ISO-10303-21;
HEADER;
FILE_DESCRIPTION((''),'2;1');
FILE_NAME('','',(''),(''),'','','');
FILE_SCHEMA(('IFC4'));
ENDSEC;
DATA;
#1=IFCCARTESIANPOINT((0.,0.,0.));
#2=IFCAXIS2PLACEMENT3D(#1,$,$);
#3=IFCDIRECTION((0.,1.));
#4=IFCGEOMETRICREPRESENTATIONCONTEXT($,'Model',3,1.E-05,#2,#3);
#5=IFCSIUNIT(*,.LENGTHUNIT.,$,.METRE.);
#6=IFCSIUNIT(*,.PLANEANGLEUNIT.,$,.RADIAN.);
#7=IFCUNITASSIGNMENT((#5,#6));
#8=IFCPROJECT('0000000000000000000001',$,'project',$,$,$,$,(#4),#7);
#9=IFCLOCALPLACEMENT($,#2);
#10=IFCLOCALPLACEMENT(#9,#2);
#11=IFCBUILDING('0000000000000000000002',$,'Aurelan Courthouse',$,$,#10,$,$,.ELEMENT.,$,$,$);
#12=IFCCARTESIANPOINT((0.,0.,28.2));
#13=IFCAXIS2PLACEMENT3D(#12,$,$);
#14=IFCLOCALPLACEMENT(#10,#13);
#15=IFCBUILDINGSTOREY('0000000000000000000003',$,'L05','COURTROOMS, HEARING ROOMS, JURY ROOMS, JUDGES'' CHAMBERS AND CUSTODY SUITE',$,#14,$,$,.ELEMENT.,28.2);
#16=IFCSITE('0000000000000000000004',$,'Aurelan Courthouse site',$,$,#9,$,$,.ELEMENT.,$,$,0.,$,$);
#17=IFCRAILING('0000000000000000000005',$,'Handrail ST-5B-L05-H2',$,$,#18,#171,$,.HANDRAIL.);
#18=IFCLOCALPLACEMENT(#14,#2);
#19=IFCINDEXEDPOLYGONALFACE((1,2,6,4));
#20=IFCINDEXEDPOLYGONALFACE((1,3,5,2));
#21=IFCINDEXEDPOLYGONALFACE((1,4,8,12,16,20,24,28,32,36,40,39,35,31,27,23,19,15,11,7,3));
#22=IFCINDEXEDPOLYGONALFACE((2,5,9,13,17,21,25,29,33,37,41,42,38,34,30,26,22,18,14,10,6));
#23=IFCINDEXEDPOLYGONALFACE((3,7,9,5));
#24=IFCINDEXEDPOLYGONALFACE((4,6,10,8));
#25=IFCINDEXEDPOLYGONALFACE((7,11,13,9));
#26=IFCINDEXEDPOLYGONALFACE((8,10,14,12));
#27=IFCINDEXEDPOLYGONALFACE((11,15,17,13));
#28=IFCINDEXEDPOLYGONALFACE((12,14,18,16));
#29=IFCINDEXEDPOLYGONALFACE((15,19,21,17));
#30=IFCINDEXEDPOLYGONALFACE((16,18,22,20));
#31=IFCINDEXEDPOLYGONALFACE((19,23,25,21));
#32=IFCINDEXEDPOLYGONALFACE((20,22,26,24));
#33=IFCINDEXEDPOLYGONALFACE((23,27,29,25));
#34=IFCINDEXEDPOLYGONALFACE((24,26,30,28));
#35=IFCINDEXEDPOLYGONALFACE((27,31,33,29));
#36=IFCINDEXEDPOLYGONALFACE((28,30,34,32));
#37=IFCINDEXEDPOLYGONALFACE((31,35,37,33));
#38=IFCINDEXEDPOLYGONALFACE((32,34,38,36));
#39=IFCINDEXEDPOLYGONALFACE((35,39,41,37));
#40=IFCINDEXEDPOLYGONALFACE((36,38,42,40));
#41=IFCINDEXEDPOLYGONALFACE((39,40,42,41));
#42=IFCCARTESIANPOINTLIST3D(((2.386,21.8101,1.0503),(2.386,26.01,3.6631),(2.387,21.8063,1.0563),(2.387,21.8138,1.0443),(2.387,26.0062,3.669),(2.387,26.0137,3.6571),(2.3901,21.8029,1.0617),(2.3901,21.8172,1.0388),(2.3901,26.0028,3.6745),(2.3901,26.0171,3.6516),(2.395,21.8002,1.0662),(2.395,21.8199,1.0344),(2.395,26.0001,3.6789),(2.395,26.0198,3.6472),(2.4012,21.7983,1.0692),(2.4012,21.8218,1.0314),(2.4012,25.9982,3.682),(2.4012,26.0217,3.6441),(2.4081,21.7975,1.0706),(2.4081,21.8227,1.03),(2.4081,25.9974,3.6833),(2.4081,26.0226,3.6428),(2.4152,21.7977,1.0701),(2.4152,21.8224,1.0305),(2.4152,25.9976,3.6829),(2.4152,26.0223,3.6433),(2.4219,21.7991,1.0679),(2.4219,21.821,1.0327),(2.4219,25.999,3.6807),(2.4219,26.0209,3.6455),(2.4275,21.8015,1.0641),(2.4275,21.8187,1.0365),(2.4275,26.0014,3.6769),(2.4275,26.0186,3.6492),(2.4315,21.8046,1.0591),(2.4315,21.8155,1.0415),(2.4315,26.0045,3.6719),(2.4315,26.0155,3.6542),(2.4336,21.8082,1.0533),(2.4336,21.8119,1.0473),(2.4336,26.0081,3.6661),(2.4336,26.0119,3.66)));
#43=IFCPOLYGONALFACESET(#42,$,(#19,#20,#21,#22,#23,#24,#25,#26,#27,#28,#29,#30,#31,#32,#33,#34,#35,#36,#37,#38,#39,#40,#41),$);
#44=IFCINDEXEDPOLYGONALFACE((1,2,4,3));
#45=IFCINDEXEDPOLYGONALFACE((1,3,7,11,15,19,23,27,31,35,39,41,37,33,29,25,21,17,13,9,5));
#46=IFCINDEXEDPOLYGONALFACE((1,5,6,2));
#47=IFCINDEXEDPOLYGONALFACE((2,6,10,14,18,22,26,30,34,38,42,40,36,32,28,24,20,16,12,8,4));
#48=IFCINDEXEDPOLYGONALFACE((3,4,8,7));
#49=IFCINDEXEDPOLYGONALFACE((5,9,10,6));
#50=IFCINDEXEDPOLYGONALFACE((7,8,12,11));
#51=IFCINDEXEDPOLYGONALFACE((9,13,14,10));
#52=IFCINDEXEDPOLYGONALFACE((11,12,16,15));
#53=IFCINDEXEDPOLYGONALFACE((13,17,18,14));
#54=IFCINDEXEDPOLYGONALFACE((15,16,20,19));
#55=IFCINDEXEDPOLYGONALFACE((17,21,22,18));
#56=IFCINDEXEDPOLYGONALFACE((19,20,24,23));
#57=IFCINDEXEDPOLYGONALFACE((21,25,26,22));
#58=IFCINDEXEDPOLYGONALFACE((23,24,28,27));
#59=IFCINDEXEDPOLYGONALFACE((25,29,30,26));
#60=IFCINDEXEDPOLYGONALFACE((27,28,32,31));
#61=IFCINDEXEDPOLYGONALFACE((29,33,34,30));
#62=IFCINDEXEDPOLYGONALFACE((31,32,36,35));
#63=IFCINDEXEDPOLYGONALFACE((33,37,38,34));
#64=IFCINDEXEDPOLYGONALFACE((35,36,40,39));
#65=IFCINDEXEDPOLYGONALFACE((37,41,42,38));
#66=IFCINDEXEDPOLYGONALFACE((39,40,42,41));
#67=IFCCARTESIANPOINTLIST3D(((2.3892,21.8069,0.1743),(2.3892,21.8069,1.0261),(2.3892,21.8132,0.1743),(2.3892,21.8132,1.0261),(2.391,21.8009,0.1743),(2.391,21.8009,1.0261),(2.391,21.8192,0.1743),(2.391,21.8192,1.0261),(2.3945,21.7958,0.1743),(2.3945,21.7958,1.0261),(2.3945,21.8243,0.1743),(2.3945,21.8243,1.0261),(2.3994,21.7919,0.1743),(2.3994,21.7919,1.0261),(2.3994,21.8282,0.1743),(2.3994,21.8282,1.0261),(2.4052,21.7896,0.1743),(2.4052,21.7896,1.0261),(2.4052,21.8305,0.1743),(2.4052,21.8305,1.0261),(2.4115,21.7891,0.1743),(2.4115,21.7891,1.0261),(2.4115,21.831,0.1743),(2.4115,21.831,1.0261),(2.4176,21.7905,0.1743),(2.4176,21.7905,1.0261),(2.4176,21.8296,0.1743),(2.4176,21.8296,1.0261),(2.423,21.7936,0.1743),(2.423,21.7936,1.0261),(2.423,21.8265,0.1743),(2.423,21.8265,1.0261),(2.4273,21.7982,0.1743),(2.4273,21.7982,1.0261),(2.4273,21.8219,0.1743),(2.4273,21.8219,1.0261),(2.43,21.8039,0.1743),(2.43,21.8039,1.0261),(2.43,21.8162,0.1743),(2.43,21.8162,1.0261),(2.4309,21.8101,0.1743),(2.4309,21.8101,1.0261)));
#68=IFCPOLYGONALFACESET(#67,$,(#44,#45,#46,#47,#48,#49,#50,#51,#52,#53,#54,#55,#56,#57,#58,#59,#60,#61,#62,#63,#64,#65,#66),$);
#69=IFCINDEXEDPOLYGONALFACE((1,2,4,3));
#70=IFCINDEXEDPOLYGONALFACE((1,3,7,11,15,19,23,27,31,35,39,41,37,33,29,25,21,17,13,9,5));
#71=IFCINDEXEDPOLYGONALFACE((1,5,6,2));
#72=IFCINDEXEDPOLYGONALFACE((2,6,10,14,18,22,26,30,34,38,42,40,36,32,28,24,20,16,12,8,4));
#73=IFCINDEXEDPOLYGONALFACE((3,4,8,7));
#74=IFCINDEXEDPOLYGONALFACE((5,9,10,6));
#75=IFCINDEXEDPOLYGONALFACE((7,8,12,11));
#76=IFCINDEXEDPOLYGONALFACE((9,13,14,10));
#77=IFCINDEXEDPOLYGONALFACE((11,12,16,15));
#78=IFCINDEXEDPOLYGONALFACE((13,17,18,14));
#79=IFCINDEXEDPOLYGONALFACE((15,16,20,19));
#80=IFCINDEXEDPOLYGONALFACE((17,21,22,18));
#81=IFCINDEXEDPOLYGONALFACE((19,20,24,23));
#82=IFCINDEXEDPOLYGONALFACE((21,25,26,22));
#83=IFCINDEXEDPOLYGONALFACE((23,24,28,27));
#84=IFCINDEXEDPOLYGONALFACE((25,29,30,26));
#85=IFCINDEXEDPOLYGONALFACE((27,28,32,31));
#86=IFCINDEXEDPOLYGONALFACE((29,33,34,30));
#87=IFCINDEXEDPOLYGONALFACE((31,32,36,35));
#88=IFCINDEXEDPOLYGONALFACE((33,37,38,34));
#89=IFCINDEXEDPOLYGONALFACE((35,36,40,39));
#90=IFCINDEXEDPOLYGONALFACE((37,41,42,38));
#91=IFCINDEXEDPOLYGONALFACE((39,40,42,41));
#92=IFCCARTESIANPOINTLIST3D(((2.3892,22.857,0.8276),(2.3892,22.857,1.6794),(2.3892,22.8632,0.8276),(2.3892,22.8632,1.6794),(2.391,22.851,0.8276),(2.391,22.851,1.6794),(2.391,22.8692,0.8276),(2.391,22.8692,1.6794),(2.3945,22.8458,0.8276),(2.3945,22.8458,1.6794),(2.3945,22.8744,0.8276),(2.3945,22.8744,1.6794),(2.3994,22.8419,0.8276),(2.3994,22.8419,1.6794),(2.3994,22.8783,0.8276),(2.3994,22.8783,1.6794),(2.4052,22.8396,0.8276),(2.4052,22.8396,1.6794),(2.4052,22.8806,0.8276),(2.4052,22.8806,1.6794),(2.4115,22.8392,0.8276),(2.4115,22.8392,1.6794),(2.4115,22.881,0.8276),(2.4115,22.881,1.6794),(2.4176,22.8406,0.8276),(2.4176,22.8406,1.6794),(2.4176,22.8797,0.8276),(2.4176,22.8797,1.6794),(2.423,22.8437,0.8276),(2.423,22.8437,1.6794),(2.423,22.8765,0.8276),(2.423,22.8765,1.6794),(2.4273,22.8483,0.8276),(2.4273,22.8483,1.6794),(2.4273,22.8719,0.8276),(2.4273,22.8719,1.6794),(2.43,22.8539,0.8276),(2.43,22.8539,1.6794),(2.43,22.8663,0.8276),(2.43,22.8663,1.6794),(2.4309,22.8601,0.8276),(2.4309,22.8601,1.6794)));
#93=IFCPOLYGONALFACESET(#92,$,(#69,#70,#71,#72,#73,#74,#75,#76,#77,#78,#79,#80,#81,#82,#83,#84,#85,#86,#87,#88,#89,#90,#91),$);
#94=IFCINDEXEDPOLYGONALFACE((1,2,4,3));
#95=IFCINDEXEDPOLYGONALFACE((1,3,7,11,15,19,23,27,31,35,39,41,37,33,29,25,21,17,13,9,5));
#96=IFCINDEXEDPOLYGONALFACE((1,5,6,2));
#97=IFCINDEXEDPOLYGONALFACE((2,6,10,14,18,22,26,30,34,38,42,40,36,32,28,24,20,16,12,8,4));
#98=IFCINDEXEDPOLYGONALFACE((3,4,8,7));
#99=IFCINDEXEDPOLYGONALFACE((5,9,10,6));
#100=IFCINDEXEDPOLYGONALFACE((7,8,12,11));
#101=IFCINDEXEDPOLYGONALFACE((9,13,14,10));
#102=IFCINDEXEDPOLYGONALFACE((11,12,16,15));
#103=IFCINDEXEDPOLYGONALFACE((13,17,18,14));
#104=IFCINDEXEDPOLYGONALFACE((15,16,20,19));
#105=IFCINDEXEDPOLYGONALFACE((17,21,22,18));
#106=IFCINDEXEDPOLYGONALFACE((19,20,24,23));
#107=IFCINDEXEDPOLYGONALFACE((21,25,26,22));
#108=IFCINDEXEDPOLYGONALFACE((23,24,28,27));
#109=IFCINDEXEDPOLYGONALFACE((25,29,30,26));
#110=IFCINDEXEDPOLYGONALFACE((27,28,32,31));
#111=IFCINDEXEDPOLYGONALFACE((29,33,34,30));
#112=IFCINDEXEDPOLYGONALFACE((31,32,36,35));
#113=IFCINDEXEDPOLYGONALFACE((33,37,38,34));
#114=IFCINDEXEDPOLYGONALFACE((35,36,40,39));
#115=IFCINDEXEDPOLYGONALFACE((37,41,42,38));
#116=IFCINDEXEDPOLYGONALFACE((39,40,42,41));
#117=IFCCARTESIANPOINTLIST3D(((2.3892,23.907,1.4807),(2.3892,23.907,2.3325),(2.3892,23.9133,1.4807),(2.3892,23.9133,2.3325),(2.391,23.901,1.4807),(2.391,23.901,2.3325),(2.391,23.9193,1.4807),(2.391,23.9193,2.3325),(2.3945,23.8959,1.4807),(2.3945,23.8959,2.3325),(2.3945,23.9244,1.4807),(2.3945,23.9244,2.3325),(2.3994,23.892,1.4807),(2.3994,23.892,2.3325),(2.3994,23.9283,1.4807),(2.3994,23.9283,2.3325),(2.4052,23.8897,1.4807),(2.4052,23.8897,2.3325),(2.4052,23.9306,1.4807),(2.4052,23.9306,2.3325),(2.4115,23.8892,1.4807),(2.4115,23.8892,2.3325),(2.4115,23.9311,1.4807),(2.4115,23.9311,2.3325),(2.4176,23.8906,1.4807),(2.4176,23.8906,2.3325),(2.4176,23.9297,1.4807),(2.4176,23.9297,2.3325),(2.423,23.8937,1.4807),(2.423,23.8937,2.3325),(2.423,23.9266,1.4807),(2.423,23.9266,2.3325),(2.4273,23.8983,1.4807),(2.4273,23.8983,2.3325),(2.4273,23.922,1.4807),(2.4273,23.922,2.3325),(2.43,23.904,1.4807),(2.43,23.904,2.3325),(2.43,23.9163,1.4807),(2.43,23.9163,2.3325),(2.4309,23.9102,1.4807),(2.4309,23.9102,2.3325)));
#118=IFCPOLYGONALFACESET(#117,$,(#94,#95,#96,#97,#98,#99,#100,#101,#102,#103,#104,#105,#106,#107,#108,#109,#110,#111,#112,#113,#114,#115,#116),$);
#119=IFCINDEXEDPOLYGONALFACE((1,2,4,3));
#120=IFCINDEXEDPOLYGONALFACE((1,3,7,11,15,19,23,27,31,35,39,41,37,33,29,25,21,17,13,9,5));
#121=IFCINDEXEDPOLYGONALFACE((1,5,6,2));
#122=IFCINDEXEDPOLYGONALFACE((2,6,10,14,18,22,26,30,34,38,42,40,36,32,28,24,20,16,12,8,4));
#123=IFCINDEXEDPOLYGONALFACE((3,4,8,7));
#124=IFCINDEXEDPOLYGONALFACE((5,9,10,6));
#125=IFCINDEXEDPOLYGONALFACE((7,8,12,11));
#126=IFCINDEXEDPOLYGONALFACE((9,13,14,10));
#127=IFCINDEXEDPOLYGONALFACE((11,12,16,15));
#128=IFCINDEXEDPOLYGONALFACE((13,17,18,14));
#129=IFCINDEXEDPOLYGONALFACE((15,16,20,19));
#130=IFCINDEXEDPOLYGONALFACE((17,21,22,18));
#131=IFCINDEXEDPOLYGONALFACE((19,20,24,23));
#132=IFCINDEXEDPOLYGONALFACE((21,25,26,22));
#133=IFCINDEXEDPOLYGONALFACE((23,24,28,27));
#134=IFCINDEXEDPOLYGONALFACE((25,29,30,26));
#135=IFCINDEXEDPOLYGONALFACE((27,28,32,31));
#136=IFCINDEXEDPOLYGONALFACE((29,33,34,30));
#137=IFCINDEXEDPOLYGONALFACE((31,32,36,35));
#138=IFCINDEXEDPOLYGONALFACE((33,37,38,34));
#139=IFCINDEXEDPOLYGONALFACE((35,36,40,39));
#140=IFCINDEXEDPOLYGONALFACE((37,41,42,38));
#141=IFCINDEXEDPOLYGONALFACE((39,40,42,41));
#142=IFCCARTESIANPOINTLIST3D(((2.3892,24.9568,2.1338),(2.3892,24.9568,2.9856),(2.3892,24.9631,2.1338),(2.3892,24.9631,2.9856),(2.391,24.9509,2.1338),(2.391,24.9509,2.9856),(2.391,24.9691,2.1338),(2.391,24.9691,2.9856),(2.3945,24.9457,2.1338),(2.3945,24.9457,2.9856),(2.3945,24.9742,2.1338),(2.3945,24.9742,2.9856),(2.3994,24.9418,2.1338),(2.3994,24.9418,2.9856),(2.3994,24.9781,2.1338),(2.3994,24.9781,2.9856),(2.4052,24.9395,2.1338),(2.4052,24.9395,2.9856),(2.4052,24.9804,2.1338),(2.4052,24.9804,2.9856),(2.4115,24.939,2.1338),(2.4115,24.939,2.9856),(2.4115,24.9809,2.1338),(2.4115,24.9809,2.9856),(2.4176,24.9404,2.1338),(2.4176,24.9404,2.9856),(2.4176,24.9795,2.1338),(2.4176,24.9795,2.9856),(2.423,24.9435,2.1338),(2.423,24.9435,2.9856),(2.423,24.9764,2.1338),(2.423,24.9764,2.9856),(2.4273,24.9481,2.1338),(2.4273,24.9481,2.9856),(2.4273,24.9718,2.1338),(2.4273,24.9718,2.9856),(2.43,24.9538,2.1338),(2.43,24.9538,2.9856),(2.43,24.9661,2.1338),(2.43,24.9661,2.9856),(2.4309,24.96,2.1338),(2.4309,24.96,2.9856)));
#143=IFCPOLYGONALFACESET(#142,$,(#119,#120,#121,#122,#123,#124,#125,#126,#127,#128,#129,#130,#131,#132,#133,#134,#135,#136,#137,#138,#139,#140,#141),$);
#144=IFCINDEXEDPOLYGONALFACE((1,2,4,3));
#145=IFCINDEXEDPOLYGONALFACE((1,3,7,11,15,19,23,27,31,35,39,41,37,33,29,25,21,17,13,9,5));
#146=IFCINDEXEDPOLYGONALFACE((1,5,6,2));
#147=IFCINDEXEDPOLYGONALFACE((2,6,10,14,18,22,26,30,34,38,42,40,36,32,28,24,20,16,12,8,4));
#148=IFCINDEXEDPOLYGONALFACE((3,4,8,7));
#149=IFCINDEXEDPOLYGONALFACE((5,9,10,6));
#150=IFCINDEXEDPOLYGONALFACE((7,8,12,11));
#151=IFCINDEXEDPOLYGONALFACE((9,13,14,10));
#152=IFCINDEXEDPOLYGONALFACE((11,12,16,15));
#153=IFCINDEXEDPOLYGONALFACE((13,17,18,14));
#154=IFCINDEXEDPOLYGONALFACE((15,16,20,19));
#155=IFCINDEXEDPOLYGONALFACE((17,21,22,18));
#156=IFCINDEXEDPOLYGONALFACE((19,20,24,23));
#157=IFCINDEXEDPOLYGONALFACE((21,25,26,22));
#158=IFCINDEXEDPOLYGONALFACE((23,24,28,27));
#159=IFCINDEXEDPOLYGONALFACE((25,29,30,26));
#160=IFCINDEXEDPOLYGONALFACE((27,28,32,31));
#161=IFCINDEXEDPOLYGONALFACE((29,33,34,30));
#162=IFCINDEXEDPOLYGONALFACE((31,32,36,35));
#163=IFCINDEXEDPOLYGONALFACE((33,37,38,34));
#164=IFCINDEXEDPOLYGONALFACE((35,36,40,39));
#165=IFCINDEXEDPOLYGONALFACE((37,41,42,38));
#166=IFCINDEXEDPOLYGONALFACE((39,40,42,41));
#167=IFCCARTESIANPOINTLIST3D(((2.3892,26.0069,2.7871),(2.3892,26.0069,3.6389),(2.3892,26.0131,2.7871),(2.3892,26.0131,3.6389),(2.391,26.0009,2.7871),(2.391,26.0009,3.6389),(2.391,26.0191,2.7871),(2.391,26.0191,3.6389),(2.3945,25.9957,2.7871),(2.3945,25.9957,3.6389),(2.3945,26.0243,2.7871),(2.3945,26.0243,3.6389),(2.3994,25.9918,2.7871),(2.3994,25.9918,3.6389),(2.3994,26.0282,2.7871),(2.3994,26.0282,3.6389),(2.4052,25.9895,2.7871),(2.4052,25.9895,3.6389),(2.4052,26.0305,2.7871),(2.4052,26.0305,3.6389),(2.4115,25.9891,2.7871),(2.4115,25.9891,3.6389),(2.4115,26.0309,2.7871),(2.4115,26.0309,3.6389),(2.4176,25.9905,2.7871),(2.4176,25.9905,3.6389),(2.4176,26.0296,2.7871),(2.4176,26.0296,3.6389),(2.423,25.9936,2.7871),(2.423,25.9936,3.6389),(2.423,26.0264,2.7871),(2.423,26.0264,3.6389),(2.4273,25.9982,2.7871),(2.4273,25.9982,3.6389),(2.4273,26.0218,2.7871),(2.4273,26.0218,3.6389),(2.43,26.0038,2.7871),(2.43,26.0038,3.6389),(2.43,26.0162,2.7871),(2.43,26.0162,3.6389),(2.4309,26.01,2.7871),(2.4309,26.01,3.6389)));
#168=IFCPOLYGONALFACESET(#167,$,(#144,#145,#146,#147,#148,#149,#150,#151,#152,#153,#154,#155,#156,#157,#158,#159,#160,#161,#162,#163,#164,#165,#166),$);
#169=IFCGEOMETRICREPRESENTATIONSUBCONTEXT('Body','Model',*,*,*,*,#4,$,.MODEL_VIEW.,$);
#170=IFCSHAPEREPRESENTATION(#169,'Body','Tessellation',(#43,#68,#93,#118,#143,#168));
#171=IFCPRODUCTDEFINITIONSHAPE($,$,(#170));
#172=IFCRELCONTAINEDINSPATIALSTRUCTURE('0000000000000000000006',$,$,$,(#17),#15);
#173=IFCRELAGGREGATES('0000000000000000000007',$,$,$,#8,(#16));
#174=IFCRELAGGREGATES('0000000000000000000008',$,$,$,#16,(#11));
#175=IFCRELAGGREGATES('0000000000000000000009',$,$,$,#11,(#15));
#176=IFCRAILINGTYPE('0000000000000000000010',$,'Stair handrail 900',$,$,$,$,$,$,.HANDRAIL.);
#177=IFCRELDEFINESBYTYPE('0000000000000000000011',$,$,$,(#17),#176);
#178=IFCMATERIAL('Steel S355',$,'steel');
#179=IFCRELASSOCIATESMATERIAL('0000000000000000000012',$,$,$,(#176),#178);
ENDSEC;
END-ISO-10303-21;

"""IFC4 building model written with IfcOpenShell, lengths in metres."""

from ifc_helpers import new_model, si_unit, direction, frame, origin, origin_2d, place, context, subcontext, project, spatial, circle, extrude, material, type_object, element, save


model = new_model("IFC4")

# Units and contexts
model_context = context("Model", 3, precision=1e-05, world=origin(), true_north=direction((0.0, 1.0)))
body_context = subcontext(model_context, "Body", "Model", "MODEL_VIEW")
ifc_project = project(units=[si_unit("LENGTHUNIT", "METRE"), si_unit("PLANEANGLEUNIT", "RADIAN")], contexts=[model_context])

# Site, building, storey
site_placement = place(None, origin())
site = spatial("IfcSite", under=ifc_project, at=site_placement, Name="Aurelan Courthouse site", CompositionType="ELEMENT", RefElevation=0.0)
building_placement = place(site_placement, origin())
building = spatial("IfcBuilding", under=site, at=building_placement, Name="Aurelan Courthouse", CompositionType="ELEMENT")
storey_placement = place(building_placement, frame((0.0, 0.0, 28.2)))
storey = spatial("IfcBuildingStorey", under=building, at=storey_placement, Name="L05", Description="COURTROOMS, HEARING ROOMS, JURY ROOMS, JUDGES' CHAMBERS AND CUSTODY SUITE", CompositionType="ELEMENT", Elevation=28.2)

# Railing
ifc_material_1 = material(Name="Steel S355", Category="steel")
railing_type_1 = type_object("IfcRailingType", Name="Stair handrail 900", PredefinedType="HANDRAIL", material=ifc_material_1)
for number, where, name in (
    (1, (2.4099, 21.8101, 0.1743), "Handrail ST-5B-L05-H2"),
):
    element("IfcRailing", number, at=place(storey_placement, frame(where)), inside=storey, type_object=railing_type_1, Name=name, PredefinedType="HANDRAIL", context=body_context, shape_type="SweptSolid", body=[
        extrude(circle(Radius=0.0239, at=origin_2d()), frame((0.0, 0.0, 0.876), z_axis=(0.0, 0.849103, 0.528228), x_axis=(-1.0, 0.0, 0.0)), (0.0, 0.0, 1.0), 4.9463),
        extrude(circle(Radius=0.021, at=origin_2d()), origin(), (0.0, 0.0, 1.0), 0.8518),
        extrude(circle(Radius=0.021, at=origin_2d()), frame((0.0, 1.05, 0.6533)), (0.0, 0.0, 1.0), 0.8518),
        extrude(circle(Radius=0.021, at=origin_2d()), frame((0.0, 2.1001, 1.3064)), (0.0, 0.0, 1.0), 0.8518),
        extrude(circle(Radius=0.021, at=origin_2d()), frame((0.0, 3.1499, 1.9595)), (0.0, 0.0, 1.0), 0.8518),
        extrude(circle(Radius=0.021, at=origin_2d()), frame((0.0, 4.2, 2.6128)), (0.0, 0.0, 1.0), 0.8518),
    ])

save(model, "model.ifc")
